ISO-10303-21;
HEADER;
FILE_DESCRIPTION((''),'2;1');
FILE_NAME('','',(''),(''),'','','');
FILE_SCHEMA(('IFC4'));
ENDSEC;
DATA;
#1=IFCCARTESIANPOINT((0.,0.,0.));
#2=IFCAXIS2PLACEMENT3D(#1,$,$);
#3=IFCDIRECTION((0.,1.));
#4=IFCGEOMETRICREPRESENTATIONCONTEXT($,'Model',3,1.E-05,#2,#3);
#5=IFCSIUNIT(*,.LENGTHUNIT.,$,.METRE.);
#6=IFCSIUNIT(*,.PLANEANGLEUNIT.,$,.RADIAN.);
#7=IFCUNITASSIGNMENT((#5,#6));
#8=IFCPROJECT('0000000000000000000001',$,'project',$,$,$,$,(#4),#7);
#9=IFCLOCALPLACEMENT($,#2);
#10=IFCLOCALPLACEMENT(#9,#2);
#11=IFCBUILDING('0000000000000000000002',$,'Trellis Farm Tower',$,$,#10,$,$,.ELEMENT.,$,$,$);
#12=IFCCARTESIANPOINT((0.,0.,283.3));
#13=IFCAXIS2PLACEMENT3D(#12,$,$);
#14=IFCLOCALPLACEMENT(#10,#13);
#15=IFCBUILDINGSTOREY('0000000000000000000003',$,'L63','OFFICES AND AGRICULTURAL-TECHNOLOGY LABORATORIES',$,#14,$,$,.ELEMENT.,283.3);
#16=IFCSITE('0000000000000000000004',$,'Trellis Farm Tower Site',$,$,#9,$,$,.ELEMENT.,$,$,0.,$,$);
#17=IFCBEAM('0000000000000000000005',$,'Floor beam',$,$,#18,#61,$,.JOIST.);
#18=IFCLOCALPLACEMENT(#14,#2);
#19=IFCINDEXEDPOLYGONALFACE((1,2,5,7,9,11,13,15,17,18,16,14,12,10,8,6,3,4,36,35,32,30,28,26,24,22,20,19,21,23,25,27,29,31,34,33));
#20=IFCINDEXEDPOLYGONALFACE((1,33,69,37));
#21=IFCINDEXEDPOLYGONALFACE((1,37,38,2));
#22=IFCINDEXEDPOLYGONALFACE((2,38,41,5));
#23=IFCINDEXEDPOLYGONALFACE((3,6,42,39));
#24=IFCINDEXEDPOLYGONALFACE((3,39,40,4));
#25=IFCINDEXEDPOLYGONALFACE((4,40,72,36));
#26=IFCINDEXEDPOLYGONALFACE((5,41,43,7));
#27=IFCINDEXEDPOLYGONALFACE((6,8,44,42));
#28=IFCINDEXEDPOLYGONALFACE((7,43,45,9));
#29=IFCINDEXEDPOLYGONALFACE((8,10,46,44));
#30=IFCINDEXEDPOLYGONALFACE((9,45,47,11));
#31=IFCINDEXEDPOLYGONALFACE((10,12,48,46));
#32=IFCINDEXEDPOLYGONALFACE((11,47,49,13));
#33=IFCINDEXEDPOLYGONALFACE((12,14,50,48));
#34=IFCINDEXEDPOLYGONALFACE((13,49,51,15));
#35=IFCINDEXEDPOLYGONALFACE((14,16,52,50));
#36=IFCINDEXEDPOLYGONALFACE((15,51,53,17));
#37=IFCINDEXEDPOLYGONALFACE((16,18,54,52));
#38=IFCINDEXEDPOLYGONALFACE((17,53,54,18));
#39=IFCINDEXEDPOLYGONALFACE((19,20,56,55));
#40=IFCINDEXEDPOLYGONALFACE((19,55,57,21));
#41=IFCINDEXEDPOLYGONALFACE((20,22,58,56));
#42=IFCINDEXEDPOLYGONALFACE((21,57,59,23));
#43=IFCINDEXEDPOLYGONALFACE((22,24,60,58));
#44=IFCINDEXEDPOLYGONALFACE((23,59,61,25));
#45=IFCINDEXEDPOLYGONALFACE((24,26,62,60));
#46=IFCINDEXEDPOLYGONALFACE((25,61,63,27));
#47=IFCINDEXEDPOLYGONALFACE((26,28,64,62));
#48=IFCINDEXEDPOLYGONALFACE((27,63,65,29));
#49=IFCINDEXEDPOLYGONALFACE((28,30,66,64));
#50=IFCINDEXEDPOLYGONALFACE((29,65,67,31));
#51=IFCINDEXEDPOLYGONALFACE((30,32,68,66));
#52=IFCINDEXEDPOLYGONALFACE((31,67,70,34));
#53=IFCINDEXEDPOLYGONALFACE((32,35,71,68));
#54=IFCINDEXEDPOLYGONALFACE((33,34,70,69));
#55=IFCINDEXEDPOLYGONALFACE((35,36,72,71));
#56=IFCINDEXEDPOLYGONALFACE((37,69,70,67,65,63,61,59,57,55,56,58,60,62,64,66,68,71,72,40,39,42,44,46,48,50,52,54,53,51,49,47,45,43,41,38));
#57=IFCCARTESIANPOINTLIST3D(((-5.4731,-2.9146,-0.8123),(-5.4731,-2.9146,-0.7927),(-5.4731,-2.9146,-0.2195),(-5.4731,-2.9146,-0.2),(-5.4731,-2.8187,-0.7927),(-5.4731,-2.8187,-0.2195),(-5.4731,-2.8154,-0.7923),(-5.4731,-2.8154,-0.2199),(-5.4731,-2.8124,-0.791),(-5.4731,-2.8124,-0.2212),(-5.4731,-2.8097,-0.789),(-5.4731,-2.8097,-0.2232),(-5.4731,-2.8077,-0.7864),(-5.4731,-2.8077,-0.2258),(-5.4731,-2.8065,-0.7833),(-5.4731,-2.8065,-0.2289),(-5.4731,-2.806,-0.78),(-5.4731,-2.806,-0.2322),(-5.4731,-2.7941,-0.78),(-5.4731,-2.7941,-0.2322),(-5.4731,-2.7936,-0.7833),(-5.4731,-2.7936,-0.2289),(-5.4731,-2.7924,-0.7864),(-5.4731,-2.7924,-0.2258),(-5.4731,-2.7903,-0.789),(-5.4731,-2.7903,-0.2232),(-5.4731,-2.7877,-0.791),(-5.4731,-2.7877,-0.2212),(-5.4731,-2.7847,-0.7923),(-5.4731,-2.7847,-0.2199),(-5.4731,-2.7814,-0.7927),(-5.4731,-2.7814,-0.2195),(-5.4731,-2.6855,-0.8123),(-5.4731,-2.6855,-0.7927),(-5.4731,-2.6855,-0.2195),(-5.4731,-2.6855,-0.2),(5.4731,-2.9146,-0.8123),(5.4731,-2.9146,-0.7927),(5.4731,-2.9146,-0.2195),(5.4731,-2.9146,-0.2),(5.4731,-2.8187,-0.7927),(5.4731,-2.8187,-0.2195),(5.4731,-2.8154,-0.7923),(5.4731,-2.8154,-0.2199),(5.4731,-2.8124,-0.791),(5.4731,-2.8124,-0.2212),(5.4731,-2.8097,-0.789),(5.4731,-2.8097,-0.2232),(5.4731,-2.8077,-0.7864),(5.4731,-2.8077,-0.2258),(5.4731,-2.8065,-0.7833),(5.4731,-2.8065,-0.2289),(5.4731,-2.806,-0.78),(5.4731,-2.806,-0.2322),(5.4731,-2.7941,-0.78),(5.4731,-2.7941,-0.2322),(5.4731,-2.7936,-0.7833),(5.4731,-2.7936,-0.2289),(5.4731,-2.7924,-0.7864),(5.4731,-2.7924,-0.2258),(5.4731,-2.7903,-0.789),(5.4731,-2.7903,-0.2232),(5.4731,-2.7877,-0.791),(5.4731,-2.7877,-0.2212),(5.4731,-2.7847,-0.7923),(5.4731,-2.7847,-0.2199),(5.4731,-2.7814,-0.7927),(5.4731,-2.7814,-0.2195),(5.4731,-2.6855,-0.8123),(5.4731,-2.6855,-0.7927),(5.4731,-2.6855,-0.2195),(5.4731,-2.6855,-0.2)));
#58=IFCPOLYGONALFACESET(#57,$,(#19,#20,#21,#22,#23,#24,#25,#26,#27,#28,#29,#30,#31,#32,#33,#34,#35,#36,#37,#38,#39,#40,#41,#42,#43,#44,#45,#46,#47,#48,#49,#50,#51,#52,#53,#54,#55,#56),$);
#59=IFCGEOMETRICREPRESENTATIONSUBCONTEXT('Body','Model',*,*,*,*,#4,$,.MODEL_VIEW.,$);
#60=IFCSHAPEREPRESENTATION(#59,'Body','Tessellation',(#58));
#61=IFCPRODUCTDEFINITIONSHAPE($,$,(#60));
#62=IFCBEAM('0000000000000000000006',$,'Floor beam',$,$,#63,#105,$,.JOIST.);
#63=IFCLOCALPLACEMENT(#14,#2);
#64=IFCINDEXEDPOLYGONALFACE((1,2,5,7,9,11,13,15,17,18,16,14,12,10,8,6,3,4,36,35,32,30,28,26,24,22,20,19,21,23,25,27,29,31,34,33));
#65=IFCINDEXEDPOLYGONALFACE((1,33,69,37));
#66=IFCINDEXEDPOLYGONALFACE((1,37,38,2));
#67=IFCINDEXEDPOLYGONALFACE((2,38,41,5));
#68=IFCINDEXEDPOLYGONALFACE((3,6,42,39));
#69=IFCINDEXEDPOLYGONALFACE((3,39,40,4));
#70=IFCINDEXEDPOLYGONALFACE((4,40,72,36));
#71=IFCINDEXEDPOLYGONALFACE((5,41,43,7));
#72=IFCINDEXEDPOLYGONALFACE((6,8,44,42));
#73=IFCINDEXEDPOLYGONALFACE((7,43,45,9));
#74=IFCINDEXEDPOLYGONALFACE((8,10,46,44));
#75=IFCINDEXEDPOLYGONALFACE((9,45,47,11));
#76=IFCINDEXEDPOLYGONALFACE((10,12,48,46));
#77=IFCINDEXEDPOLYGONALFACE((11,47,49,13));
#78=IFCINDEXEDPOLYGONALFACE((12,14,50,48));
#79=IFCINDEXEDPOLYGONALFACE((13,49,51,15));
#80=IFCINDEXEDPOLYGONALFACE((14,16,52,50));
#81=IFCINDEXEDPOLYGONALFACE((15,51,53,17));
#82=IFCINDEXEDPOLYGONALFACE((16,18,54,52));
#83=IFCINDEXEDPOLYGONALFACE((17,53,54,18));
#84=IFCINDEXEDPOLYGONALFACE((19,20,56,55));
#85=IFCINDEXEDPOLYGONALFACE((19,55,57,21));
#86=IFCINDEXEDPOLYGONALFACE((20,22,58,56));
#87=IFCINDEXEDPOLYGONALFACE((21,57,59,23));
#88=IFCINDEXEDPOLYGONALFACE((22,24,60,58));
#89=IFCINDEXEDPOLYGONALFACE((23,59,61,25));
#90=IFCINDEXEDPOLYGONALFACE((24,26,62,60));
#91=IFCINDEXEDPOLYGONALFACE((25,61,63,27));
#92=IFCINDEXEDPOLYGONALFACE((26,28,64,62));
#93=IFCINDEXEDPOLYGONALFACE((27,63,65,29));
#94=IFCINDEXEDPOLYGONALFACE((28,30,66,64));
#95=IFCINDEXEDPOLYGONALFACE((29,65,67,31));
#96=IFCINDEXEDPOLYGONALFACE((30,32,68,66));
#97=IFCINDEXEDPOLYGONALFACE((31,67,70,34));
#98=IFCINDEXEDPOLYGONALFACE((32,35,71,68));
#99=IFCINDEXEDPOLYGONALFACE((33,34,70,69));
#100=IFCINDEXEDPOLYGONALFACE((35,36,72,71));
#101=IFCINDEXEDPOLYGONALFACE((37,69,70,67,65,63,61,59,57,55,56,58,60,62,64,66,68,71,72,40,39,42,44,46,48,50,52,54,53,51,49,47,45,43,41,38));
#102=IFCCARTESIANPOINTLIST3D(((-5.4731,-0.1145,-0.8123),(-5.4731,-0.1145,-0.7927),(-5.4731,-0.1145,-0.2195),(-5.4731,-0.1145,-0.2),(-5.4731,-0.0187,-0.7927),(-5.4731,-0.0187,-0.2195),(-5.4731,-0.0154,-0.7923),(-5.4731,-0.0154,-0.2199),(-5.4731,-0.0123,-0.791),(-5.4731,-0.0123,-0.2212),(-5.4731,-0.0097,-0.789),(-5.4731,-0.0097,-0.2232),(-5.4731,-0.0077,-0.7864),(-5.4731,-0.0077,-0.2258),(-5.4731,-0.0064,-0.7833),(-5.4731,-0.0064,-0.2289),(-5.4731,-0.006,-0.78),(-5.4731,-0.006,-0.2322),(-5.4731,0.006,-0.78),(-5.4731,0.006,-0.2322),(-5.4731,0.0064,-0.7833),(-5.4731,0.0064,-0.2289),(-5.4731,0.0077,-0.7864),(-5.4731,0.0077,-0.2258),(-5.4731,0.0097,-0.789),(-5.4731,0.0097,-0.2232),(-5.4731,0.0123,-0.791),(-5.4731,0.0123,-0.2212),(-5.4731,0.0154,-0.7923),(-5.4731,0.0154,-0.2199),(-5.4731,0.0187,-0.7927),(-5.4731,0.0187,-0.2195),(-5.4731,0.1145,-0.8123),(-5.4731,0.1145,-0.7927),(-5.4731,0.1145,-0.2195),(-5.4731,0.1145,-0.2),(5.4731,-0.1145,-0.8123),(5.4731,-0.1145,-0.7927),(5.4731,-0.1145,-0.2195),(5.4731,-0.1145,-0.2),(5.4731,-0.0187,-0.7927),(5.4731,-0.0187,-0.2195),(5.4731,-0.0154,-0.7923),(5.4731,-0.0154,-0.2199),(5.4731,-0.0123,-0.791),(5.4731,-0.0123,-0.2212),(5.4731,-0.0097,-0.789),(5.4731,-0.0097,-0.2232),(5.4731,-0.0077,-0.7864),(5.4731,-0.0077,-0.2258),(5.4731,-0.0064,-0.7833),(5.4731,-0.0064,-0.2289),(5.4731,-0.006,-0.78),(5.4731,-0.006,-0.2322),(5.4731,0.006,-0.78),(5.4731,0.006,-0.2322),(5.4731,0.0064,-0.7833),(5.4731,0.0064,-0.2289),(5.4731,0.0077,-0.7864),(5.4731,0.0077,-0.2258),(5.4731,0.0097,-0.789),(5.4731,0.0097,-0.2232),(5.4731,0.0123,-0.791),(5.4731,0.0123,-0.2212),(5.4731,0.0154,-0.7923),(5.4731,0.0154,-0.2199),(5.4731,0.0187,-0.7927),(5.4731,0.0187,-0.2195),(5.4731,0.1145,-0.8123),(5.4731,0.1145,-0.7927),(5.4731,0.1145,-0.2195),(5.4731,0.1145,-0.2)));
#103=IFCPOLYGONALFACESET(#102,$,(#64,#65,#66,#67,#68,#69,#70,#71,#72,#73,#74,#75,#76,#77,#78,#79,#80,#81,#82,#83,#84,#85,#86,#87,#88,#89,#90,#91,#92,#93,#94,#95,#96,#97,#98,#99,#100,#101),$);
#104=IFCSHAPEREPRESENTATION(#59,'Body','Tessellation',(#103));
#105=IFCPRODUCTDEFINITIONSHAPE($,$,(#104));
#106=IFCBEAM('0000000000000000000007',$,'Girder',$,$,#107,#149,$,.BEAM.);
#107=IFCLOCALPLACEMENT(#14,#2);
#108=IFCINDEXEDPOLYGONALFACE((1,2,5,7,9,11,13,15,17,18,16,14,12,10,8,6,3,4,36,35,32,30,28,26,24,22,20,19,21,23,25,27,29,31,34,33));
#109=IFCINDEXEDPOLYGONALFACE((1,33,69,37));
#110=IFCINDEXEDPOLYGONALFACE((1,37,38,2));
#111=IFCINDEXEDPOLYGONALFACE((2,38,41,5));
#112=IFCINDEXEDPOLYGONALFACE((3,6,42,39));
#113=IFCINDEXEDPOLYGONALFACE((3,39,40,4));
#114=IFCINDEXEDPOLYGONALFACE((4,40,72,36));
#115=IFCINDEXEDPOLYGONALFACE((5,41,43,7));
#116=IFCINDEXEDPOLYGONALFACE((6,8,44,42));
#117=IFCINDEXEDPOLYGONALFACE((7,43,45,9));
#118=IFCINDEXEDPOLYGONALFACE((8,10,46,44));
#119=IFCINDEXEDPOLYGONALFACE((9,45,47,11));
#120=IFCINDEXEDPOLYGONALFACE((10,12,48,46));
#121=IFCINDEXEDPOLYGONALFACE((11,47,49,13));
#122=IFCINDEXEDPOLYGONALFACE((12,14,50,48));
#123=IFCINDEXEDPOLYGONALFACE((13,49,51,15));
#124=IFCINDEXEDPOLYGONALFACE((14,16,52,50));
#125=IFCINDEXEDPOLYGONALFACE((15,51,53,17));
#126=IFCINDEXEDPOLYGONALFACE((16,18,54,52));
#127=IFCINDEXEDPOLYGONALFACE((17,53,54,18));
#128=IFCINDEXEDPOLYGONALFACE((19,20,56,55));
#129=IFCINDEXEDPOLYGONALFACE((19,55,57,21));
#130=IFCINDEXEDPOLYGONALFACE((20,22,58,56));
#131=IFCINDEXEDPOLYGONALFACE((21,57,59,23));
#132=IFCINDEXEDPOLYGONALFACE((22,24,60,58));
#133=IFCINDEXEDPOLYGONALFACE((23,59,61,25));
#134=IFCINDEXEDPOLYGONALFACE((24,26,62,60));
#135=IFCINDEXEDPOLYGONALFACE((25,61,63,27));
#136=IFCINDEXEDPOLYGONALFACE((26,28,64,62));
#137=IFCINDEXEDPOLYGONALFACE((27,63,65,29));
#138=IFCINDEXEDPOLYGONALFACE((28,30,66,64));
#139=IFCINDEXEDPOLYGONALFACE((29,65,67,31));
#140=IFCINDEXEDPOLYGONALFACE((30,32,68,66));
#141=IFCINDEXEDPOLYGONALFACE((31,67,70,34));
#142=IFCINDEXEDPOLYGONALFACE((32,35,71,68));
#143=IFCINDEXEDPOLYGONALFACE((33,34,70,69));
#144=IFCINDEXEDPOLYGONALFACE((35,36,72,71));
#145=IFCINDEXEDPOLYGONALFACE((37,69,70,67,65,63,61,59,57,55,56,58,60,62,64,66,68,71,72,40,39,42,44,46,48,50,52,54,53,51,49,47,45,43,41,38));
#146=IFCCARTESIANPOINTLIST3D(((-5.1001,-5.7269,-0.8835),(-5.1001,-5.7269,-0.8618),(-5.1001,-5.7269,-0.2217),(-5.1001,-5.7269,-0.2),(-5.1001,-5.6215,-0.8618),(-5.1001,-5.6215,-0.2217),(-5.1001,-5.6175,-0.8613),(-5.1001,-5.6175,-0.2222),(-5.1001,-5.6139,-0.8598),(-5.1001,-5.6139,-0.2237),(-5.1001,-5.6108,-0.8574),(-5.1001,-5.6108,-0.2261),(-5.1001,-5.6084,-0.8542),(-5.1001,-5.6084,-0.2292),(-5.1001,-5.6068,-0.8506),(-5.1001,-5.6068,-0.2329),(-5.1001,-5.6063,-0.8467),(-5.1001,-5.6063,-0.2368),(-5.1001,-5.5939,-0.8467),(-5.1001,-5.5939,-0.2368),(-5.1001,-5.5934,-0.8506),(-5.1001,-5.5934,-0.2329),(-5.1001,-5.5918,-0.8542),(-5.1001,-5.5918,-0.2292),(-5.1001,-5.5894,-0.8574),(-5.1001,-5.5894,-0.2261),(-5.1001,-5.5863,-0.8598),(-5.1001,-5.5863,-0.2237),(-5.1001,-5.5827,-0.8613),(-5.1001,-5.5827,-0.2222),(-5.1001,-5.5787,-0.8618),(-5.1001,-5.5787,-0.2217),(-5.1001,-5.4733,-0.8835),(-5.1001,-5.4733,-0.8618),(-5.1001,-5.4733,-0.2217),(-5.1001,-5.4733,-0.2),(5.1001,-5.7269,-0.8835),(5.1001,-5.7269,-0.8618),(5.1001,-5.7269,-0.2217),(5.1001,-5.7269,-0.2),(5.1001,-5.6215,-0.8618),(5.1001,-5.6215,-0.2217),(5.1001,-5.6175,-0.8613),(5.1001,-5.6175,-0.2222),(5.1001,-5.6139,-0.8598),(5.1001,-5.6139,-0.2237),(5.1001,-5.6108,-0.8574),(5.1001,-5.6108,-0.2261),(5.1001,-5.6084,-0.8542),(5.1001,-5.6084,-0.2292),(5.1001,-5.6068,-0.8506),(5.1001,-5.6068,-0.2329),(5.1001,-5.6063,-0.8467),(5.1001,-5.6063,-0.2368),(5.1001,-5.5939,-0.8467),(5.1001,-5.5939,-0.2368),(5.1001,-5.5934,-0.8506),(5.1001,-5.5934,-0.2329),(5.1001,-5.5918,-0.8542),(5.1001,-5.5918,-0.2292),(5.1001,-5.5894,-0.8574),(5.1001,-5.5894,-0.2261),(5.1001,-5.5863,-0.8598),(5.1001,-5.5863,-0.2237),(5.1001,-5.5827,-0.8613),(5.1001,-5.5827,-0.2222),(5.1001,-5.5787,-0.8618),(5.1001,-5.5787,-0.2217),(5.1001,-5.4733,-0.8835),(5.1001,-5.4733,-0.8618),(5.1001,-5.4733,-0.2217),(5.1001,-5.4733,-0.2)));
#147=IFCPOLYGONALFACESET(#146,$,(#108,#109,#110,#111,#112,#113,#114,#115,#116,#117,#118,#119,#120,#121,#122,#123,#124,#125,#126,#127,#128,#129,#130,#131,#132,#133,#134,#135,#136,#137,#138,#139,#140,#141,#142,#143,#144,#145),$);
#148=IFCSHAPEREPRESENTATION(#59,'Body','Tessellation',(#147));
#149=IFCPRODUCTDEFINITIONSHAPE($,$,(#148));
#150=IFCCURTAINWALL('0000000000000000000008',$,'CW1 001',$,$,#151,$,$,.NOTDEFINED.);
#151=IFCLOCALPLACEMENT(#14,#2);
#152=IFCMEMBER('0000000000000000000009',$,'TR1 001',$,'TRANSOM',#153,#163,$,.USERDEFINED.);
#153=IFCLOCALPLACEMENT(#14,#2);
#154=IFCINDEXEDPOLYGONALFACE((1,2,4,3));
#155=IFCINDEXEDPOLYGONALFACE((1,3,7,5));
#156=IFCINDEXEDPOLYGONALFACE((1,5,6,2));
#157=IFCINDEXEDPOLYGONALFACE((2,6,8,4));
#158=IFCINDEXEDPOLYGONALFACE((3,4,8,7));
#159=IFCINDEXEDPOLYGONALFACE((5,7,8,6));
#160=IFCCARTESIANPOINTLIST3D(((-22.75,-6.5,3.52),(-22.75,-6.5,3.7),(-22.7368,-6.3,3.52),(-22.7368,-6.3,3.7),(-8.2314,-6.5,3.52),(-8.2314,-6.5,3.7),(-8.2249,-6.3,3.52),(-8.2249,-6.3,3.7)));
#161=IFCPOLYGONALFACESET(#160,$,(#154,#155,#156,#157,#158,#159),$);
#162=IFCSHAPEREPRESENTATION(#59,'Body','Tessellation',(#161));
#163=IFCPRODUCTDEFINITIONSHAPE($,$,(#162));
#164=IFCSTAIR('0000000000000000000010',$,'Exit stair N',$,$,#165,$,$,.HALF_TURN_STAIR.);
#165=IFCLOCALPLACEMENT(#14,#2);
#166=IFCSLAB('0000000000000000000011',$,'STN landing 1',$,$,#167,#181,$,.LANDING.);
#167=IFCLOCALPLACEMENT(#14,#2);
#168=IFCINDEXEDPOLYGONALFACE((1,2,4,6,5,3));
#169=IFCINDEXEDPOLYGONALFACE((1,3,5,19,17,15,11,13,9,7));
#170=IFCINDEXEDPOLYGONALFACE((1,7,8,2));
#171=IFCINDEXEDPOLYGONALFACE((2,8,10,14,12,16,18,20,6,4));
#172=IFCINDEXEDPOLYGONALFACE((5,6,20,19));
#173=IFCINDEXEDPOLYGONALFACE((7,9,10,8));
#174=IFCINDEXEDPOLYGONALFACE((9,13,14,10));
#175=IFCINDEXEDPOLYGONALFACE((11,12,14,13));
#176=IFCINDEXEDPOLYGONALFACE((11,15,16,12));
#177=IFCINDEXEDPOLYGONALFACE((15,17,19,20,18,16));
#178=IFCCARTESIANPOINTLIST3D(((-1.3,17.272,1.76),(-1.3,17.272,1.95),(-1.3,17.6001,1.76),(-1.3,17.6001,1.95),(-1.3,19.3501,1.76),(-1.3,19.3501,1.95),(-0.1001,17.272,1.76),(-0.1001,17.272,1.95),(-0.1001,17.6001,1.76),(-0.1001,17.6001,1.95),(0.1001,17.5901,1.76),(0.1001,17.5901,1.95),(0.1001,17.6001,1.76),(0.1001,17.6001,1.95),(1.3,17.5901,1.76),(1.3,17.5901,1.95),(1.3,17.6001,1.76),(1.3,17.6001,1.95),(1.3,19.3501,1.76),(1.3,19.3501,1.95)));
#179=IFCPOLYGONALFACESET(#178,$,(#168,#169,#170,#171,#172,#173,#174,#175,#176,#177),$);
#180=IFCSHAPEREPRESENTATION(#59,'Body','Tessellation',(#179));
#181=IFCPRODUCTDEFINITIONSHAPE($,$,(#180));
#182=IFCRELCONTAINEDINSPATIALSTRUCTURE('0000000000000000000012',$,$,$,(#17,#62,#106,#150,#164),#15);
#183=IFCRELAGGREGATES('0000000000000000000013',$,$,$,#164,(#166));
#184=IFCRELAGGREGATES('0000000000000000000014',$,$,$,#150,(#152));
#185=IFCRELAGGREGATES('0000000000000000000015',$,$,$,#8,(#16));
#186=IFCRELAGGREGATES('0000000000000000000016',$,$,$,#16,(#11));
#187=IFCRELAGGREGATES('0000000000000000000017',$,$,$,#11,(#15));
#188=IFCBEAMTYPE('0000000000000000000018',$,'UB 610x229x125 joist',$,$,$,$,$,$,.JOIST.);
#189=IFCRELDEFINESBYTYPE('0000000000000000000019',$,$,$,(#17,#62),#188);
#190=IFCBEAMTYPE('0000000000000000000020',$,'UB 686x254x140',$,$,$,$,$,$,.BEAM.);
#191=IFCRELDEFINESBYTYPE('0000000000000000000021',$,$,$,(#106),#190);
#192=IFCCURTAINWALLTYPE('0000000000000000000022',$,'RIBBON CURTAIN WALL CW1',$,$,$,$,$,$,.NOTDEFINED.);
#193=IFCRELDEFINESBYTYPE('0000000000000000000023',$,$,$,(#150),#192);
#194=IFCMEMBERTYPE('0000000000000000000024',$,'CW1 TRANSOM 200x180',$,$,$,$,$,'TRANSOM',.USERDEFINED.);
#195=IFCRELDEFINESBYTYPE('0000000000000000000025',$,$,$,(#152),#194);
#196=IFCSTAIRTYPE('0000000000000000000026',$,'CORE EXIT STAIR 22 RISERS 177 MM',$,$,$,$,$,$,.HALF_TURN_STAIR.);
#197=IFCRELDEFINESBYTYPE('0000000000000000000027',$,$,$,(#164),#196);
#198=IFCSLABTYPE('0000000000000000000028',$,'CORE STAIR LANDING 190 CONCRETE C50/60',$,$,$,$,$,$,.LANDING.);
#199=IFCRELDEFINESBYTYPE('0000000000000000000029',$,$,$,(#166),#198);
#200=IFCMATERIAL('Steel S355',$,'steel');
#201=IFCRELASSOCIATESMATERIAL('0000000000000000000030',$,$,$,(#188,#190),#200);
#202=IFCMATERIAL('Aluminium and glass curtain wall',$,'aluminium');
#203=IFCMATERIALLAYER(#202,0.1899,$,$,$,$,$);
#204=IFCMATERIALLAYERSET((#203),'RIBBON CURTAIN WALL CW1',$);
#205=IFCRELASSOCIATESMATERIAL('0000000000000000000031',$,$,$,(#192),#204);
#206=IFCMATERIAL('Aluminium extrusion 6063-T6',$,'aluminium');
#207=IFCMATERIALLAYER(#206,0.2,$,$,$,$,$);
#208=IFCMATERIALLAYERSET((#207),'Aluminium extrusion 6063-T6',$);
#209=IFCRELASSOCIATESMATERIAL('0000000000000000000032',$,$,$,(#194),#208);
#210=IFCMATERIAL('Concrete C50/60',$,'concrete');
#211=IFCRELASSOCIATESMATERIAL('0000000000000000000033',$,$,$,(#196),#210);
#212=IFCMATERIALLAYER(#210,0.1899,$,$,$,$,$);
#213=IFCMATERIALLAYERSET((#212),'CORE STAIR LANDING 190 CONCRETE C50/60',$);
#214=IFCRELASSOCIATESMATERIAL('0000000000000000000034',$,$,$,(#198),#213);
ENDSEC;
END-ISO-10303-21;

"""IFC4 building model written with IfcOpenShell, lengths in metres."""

from ifc_helpers import new_model, si_unit, direction, frame, origin, origin_2d, place, context, subcontext, project, spatial, polyline, i_section, outline, extrude, source, transform, mapped, material, layer, layer_set, material_profile, profile_set, type_object, element, aggregate, save


model = new_model("IFC4")

# Units and contexts
model_context = context("Model", 3, precision=1e-05, world=origin(), true_north=direction((0.0, 1.0)))
body_context = subcontext(model_context, "Body", "Model", "MODEL_VIEW")
ifc_project = project(units=[si_unit("LENGTHUNIT", "METRE"), si_unit("PLANEANGLEUNIT", "RADIAN")], contexts=[model_context])

# Site, building, storey
site_placement = place(None, origin())
site = spatial("IfcSite", under=ifc_project, at=site_placement, Name="Trellis Farm Tower Site", CompositionType="ELEMENT", RefElevation=0.0)
building_placement = place(site_placement, origin())
building = spatial("IfcBuilding", under=site, at=building_placement, Name="Trellis Farm Tower", CompositionType="ELEMENT")
storey_placement = place(building_placement, frame((0.0, 0.0, 283.3)))
storey = spatial("IfcBuildingStorey", under=building, at=storey_placement, Name="L63", Description="OFFICES AND AGRICULTURAL-TECHNOLOGY LABORATORIES", CompositionType="ELEMENT", Elevation=283.3)

# Beams
ifc_material_1 = material(Name="Steel S355", Category="steel")
ifc_material_profile_1 = material_profile(ifc_material_1, i_section(OverallWidth=0.229, OverallDepth=0.6123, WebThickness=0.012, FlangeThickness=0.0195, FilletRadius=0.0127, at=origin_2d()), Name="UB 610x229x125")
ifc_profile_set_1 = profile_set([ifc_material_profile_1], Name="Steel S355")
beam_type_1 = type_object("IfcBeamType", Name="UB 610x229x125 joist", PredefinedType="JOIST", material=ifc_profile_set_1)
shared_shape_1 = source(origin(), body_context, "Body", "SweptSolid", [
    extrude(i_section(OverallWidth=0.229, OverallDepth=0.6123, WebThickness=0.012, FlangeThickness=0.0195, FilletRadius=0.0127, at=origin_2d()), origin(), (0.0, 0.0, 1.0), 10.9463),
])
for number, where, z_axis, x_axis, name in (
    (1, (-5.4731, -2.8, -0.5061), (1.0, 0.0, 0.0), (0.0, 1.0, 0.0), "Floor beam"),
    (2, (-5.4731, 0.0, -0.5061), (1.0, 0.0, 0.0), (0.0, 1.0, 0.0), "Floor beam"),
):
    element("IfcBeam", number, at=place(storey_placement, frame(where, z_axis=z_axis, x_axis=x_axis)), inside=storey, type_object=beam_type_1, Name=name, PredefinedType="JOIST", context=body_context, shape_type="MappedRepresentation", body=[
        mapped(shared_shape_1, transform((0.0, 0.0, 0.0))),
    ])
ifc_material_profile_2 = material_profile(ifc_material_1, i_section(OverallWidth=0.2537, OverallDepth=0.6836, WebThickness=0.0125, FlangeThickness=0.0217, FilletRadius=0.0151, at=origin_2d()), Name="UB 686x254x140")
ifc_profile_set_2 = profile_set([ifc_material_profile_2], Name="Steel S355")
beam_type_2 = type_object("IfcBeamType", Name="UB 686x254x140", PredefinedType="BEAM", material=ifc_profile_set_2)
shared_shape_2 = source(origin(), body_context, "Body", "SweptSolid", [
    extrude(i_section(OverallWidth=0.2537, OverallDepth=0.6836, WebThickness=0.0125, FlangeThickness=0.0217, FilletRadius=0.0151, at=origin_2d()), origin(), (0.0, 0.0, 1.0), 10.2002),
])
beam_placement = place(storey_placement, frame((-5.1001, -5.6001, -0.5417), z_axis=(1.0, 0.0, 0.0), x_axis=(0.0, 1.0, 0.0)))
element("IfcBeam", 3, at=beam_placement, inside=storey, type_object=beam_type_2, Name="Girder", PredefinedType="BEAM", context=body_context, shape_type="MappedRepresentation", body=[
    mapped(shared_shape_2, transform((0.0, 0.0, 0.0))),
])

# Curtain wall, member
ifc_material_2 = material(Name="Aluminium and glass curtain wall", Category="aluminium")
ifc_layer_1 = layer(ifc_material_2, 0.1899)
ifc_layer_set_1 = layer_set([ifc_layer_1], Name="RIBBON CURTAIN WALL CW1")
curtain_wall_type = type_object("IfcCurtainWallType", Name="RIBBON CURTAIN WALL CW1", PredefinedType="NOTDEFINED", material=ifc_layer_set_1)
placement_1 = place(storey_placement, origin())
curtain_wall = element("IfcCurtainWall", 4, at=placement_1, inside=storey, type_object=curtain_wall_type, Name="CW1 001", PredefinedType="NOTDEFINED")
ifc_material_3 = material(Name="Aluminium extrusion 6063-T6", Category="aluminium")
ifc_layer_2 = layer(ifc_material_3, 0.2)
ifc_layer_set_2 = layer_set([ifc_layer_2], Name="Aluminium extrusion 6063-T6")
member_type = type_object("IfcMemberType", Name="CW1 TRANSOM 200x180", ElementType="TRANSOM", PredefinedType="USERDEFINED", material=ifc_layer_set_2)
shared_shape_3 = source(origin(), body_context, "Body", "SweptSolid", [
    extrude(outline(polyline([(-22.75, -6.5), (-8.2314, -6.5), (-8.2249, -6.3), (-22.7368, -6.3), (-22.75, -6.5)])), origin(), (0.0, 0.0, 1.0), 0.1799),
])
member_placement = place(storey_placement, frame((0.0, 0.0, 3.52)))
member = element("IfcMember", 5, at=member_placement, type_object=member_type, Name="TR1 001", ObjectType="TRANSOM", PredefinedType="USERDEFINED", context=body_context, shape_type="MappedRepresentation", body=[
    mapped(shared_shape_3, transform((0.0, 0.0, 0.0))),
])

# Stair, slab
ifc_material_4 = material(Name="Concrete C50/60", Category="concrete")
stair_type = type_object("IfcStairType", Name="CORE EXIT STAIR 22 RISERS 177 MM", PredefinedType="HALF_TURN_STAIR", material=ifc_material_4)
stair_1 = element("IfcStair", 6, at=placement_1, inside=storey, type_object=stair_type, Name="Exit stair N", PredefinedType="HALF_TURN_STAIR")
ifc_layer_3 = layer(ifc_material_4, 0.1899)
ifc_layer_set_3 = layer_set([ifc_layer_3], Name="CORE STAIR LANDING 190 CONCRETE C50/60")
slab_type_1 = type_object("IfcSlabType", Name="CORE STAIR LANDING 190 CONCRETE C50/60", PredefinedType="LANDING", material=ifc_layer_set_3)
shared_shape_4 = source(origin(), body_context, "Body", "SweptSolid", [
    extrude(outline(polyline([(-0.1001, 17.272), (-1.3, 17.272), (-1.3, 17.6001), (-1.3, 19.3501), (1.3, 19.3501), (1.3, 17.6001), (1.3, 17.5901), (0.1001, 17.5901), (0.1001, 17.6001), (-0.1001, 17.6001), (-0.1001, 17.272)])), origin(), (0.0, 0.0, 1.0), 0.1899),
])
placement_2 = place(storey_placement, frame((0.0, 0.0, 1.76)))
slab_1 = element("IfcSlab", 7, at=placement_2, type_object=slab_type_1, Name="STN landing 1", PredefinedType="LANDING", context=body_context, shape_type="MappedRepresentation", body=[
    mapped(shared_shape_4, transform((0.0, 0.0, 0.0))),
])
aggregate(stair_1, [slab_1])

aggregate(curtain_wall, [member])

save(model, "model.ifc")
